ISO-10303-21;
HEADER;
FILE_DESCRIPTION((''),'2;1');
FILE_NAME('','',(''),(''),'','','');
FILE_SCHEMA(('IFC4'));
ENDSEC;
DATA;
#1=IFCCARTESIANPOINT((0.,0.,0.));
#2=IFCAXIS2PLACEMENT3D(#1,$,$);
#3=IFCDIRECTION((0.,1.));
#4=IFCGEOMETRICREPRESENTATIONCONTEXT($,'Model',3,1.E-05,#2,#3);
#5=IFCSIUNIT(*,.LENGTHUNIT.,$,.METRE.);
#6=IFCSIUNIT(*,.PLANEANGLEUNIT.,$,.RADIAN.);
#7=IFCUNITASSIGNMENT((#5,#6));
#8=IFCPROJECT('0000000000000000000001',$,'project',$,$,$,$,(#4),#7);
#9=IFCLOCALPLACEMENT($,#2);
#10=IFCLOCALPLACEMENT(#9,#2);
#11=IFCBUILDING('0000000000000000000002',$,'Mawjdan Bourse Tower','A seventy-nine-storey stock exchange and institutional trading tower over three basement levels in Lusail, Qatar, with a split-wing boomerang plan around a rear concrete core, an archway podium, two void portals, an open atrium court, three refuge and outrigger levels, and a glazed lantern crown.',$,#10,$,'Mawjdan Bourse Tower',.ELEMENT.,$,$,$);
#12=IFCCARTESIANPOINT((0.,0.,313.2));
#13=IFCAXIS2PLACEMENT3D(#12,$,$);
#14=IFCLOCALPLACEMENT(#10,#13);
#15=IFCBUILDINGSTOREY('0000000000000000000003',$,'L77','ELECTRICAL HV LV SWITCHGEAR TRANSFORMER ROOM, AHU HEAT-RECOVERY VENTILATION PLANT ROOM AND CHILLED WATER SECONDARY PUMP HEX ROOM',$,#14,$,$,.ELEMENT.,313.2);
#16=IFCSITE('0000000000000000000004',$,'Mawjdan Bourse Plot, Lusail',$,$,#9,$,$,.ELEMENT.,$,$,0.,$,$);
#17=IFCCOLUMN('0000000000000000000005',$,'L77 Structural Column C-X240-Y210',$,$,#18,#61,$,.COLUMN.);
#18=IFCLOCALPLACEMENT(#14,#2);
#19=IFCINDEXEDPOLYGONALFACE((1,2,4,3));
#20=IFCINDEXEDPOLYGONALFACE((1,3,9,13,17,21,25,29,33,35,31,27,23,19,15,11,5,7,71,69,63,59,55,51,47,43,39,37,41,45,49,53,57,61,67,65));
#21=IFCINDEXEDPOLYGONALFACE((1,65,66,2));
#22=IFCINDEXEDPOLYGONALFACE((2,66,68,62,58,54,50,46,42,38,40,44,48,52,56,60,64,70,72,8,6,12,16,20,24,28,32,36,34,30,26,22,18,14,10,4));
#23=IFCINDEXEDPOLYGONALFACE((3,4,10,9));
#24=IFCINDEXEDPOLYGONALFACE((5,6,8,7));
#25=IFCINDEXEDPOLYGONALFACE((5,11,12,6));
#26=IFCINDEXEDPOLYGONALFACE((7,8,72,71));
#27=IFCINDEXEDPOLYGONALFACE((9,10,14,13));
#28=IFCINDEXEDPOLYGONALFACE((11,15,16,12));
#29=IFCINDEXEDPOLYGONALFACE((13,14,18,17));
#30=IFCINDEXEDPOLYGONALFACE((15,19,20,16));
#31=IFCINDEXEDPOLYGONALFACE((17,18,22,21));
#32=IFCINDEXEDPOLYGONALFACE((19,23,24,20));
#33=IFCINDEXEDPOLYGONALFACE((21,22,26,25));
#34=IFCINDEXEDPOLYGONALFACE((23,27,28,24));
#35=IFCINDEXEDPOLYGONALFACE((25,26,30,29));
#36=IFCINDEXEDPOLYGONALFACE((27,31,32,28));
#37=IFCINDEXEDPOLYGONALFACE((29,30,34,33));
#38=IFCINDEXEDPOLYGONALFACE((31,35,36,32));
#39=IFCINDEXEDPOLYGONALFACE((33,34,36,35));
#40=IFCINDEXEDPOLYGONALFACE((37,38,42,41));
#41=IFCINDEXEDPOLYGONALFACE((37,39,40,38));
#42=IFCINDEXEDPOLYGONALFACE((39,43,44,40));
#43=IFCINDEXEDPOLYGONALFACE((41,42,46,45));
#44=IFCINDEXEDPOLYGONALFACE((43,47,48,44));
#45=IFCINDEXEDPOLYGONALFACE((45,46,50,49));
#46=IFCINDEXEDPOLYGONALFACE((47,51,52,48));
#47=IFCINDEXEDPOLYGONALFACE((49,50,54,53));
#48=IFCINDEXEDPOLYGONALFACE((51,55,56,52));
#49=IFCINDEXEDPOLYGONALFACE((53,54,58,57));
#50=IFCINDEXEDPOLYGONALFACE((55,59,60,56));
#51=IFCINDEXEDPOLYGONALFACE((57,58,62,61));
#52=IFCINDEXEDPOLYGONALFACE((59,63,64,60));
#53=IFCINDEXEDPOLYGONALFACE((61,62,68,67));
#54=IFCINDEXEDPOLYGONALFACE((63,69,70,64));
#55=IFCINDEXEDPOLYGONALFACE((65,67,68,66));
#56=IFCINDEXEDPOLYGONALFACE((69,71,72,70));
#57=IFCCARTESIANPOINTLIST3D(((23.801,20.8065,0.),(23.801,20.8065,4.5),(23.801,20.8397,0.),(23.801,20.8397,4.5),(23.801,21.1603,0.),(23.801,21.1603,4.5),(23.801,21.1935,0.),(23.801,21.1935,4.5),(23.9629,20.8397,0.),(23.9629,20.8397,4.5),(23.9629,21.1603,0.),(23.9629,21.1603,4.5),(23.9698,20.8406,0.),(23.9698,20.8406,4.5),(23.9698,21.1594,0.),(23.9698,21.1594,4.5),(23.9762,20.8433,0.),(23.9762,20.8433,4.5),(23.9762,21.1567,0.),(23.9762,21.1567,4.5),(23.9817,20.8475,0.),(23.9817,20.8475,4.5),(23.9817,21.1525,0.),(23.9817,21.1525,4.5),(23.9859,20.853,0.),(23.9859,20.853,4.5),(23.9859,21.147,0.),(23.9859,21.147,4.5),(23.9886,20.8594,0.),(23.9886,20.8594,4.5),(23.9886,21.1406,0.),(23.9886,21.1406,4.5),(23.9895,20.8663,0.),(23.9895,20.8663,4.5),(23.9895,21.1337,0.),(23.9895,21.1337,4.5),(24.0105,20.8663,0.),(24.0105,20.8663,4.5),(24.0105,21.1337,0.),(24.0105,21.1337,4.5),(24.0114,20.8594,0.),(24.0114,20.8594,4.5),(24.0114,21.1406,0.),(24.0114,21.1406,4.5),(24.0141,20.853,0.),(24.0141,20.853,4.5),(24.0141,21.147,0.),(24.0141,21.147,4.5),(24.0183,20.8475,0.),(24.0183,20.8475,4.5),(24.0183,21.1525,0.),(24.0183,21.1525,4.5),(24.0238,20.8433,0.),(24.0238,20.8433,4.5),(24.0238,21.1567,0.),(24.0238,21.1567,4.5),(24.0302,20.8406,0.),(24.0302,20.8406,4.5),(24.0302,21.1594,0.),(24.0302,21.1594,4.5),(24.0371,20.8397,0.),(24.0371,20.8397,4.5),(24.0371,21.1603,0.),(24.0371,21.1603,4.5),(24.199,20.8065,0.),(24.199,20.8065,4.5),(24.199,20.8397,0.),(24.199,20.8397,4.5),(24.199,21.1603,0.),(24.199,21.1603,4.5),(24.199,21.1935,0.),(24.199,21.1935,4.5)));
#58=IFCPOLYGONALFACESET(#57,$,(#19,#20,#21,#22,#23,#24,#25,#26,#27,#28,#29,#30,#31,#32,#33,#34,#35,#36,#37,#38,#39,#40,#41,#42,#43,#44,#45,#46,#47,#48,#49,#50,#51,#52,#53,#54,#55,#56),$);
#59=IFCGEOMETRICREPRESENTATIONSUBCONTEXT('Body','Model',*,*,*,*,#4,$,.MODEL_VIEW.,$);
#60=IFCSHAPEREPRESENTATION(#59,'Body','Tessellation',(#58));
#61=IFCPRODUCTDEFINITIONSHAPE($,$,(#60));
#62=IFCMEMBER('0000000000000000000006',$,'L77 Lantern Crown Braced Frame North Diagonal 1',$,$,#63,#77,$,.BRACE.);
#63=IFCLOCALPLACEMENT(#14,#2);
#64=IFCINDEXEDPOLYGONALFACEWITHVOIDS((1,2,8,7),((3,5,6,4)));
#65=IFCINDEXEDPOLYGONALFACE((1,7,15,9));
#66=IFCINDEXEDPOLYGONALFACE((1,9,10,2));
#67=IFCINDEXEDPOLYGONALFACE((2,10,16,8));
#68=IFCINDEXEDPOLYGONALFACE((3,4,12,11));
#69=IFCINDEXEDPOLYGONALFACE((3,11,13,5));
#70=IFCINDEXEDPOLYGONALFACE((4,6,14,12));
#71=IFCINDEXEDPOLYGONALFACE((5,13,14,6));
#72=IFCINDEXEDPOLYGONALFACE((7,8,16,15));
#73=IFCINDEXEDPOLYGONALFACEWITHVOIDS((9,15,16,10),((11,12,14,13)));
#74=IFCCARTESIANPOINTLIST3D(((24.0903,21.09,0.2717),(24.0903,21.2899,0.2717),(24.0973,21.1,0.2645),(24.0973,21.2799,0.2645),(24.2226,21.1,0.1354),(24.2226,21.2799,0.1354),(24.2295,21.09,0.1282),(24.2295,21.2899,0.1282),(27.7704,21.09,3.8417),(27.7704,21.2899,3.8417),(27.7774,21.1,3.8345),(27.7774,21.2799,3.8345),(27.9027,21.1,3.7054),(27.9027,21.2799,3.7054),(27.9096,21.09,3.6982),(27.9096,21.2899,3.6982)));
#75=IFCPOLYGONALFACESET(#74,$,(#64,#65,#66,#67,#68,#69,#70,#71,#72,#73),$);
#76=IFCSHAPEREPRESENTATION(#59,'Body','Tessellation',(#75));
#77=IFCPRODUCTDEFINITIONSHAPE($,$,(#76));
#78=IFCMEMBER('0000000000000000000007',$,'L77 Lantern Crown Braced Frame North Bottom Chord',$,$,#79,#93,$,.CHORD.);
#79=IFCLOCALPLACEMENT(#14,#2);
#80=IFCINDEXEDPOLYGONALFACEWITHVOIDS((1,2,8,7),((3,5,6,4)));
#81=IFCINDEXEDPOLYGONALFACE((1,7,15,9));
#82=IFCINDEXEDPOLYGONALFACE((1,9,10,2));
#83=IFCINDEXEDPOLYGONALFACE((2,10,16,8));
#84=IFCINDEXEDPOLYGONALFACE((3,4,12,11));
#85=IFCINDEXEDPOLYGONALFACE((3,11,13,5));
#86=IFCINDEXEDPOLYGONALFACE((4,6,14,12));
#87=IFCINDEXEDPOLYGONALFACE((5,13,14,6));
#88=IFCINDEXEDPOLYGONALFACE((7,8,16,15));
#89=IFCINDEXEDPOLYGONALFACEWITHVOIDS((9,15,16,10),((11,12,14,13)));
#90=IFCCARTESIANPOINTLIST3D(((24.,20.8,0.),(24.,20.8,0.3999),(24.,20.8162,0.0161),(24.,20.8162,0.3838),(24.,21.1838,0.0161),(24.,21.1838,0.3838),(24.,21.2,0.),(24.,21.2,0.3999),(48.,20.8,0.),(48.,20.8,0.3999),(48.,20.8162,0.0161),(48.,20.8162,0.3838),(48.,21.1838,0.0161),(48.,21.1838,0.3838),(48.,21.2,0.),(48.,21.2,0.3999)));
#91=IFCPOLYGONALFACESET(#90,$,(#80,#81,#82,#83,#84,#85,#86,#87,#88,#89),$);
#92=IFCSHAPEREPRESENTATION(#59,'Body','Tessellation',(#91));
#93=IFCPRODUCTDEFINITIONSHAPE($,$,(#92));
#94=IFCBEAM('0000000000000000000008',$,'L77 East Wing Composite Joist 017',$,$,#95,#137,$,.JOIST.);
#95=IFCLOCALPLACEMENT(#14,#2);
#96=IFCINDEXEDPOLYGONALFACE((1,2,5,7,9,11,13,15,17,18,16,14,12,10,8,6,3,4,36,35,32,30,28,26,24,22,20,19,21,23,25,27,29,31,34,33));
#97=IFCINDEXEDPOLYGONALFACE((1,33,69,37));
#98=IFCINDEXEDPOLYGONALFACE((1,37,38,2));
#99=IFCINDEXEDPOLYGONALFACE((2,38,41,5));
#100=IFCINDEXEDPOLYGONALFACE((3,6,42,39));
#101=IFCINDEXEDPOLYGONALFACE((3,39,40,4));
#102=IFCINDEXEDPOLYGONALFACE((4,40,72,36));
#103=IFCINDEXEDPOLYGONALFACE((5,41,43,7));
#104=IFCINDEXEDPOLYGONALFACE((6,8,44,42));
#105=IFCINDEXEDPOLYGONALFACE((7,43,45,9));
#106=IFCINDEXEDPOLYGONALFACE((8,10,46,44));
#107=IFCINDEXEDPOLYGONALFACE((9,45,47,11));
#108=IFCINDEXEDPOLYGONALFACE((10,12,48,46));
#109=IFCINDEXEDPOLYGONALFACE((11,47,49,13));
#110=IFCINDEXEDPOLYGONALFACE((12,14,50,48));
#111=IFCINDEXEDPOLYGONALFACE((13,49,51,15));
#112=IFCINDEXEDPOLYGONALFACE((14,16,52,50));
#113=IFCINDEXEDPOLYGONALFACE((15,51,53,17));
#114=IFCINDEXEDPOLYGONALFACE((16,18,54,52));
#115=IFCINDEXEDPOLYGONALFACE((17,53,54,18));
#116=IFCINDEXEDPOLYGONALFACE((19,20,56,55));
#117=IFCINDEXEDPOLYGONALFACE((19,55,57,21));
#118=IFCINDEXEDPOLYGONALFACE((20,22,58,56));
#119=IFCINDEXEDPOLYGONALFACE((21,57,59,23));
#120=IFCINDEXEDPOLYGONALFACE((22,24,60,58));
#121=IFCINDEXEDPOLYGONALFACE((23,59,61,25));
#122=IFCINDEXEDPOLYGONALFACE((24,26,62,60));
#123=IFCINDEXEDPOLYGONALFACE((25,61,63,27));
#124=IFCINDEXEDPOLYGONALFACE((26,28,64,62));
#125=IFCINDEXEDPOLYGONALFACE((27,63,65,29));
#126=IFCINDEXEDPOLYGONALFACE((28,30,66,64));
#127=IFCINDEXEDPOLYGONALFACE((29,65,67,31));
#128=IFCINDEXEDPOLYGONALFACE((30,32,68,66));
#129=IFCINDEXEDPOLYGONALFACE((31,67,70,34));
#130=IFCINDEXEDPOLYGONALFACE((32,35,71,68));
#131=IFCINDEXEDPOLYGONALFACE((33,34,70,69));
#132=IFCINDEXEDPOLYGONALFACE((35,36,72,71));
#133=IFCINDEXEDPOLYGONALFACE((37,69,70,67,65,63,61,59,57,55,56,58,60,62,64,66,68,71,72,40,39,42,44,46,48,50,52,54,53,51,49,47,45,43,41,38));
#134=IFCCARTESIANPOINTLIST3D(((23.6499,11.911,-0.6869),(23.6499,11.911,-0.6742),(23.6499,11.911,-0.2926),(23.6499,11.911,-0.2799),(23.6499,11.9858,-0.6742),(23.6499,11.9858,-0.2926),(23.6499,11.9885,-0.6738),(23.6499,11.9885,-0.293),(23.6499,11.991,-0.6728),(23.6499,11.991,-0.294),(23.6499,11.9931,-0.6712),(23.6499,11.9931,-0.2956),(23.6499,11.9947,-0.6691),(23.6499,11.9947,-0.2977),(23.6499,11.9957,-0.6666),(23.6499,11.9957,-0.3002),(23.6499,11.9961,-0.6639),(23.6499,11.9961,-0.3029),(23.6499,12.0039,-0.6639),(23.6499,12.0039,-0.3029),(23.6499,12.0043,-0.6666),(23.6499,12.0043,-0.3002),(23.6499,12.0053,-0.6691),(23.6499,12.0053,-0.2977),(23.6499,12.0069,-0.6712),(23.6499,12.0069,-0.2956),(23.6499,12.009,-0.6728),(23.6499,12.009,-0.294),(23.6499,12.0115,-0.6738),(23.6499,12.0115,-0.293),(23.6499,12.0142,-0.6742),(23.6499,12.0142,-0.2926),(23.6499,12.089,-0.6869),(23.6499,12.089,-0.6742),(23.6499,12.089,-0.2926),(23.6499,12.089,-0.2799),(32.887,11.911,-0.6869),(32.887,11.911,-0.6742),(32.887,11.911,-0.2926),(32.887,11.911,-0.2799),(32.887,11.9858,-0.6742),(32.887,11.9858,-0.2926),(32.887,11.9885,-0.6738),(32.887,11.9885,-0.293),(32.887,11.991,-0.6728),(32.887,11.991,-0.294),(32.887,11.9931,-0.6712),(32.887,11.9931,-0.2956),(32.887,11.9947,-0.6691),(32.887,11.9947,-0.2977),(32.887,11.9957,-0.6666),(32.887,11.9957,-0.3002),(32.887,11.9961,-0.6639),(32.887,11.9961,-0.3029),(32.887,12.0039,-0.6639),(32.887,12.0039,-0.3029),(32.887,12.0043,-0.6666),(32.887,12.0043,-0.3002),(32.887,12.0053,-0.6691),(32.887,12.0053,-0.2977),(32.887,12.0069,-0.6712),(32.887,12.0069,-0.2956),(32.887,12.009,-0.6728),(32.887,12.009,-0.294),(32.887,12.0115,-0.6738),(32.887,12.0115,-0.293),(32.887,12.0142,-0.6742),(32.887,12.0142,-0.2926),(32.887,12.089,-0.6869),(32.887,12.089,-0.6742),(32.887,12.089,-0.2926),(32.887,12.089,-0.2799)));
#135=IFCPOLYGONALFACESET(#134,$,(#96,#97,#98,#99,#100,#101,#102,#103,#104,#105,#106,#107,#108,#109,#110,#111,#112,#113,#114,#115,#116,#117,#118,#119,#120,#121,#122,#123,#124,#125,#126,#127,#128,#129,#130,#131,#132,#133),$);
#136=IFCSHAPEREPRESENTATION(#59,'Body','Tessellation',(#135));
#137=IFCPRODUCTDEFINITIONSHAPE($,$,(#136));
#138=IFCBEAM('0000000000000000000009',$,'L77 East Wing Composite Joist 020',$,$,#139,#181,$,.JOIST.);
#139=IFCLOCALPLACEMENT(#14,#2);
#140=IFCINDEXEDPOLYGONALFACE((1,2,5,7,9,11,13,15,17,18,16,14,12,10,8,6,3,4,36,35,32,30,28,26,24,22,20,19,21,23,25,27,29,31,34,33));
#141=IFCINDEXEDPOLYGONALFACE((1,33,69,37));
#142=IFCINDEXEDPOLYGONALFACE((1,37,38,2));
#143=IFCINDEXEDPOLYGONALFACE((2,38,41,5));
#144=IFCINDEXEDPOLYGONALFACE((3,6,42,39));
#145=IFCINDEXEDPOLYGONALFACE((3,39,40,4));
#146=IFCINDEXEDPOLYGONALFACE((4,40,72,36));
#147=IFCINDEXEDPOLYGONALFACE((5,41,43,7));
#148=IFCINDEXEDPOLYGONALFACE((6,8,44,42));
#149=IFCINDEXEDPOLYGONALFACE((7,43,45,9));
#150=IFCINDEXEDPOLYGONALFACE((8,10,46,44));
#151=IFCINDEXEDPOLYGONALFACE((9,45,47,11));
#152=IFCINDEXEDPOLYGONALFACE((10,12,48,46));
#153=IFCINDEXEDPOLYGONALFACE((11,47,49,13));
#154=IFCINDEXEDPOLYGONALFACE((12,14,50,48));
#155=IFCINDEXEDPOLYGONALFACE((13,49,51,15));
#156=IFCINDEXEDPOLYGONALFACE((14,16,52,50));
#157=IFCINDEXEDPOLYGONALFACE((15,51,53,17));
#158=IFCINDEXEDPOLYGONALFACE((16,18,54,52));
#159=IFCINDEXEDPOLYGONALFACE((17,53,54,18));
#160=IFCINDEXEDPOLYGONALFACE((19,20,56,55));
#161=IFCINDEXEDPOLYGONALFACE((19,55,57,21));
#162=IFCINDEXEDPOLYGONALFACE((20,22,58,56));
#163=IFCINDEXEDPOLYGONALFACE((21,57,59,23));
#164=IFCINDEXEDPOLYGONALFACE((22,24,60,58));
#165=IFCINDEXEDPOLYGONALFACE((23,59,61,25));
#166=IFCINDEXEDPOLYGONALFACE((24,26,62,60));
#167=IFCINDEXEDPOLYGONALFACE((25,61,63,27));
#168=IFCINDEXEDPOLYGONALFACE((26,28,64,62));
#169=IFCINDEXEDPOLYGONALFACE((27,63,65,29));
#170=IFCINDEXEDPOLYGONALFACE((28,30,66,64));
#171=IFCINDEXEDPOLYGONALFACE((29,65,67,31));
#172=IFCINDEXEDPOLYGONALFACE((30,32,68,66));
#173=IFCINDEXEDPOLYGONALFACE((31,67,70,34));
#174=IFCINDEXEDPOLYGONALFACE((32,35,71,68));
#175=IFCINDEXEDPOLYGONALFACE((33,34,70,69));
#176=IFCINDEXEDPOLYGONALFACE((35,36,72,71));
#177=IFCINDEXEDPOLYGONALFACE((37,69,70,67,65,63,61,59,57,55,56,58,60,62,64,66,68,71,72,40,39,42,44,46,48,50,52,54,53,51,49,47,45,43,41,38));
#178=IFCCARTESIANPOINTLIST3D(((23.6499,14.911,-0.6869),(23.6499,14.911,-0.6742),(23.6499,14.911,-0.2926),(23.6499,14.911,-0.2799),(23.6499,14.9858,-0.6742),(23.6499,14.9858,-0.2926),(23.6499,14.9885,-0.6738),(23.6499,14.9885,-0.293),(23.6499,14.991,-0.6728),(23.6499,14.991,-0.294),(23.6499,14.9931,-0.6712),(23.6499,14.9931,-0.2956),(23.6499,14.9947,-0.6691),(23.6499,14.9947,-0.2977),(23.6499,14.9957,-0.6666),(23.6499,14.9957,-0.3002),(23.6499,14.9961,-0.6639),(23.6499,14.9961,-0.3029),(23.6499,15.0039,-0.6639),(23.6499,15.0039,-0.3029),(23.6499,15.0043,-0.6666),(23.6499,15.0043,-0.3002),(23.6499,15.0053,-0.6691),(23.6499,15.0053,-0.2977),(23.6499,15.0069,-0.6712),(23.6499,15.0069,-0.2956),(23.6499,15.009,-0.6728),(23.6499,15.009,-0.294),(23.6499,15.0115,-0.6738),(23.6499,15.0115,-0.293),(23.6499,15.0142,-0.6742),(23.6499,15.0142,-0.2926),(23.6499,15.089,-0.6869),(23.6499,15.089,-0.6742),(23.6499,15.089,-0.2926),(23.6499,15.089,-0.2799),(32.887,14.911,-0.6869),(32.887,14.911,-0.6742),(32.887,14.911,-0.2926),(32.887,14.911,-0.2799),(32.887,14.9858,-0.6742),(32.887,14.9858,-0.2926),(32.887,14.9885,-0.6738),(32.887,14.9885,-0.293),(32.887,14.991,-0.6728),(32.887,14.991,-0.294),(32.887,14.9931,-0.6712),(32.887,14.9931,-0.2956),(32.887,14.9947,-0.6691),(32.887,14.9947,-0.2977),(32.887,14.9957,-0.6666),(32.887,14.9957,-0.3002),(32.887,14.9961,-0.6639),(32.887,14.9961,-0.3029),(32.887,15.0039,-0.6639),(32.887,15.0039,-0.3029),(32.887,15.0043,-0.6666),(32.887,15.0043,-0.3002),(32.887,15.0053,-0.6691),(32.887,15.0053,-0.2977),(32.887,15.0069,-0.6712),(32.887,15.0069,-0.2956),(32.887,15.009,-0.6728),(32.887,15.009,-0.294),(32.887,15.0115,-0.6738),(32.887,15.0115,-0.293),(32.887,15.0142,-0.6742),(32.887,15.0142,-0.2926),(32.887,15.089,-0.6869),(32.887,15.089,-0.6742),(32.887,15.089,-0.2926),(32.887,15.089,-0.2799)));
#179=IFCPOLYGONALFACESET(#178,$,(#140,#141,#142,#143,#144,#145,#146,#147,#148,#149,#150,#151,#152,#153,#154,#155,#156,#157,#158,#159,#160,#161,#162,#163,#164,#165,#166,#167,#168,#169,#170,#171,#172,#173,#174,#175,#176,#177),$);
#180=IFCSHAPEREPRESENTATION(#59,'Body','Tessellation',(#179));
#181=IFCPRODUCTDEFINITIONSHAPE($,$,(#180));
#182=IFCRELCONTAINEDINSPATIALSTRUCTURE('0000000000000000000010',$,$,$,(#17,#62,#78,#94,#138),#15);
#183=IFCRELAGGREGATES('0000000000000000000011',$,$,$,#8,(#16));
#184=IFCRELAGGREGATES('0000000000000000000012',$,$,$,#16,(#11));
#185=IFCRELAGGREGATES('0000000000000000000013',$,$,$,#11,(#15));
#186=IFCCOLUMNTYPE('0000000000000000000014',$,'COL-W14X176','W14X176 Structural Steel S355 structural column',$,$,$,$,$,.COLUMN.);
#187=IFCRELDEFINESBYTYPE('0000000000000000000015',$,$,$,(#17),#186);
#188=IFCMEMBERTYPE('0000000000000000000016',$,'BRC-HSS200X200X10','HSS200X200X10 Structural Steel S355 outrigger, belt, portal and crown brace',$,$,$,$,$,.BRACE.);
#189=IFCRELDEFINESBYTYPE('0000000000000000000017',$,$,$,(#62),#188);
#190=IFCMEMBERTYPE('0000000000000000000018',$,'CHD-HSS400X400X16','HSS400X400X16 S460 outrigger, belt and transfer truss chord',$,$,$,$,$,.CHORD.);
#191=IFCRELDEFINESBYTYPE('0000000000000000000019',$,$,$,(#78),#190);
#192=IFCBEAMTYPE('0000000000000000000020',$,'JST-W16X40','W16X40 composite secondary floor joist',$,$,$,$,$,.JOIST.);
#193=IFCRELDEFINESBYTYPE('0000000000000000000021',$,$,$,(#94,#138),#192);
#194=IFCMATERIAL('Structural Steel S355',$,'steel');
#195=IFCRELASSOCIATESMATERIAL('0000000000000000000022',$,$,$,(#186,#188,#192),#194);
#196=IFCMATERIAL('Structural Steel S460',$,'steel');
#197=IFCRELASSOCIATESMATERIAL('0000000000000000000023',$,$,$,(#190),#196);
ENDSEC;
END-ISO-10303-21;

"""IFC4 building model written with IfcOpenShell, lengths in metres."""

from ifc_helpers import new_model, si_unit, direction, frame, origin, origin_2d, place, context, subcontext, project, spatial, hollow_rectangle, i_section, extrude, material, material_profile, profile_set, type_object, element, save


model = new_model("IFC4")

# Units and contexts
model_context = context("Model", 3, precision=1e-05, world=origin(), true_north=direction((0.0, 1.0)))
body_context = subcontext(model_context, "Body", "Model", "MODEL_VIEW")
ifc_project = project(units=[si_unit("LENGTHUNIT", "METRE"), si_unit("PLANEANGLEUNIT", "RADIAN")], contexts=[model_context])

# Site, building, storey
site_placement = place(None, origin())
site = spatial("IfcSite", under=ifc_project, at=site_placement, Name="Mawjdan Bourse Plot, Lusail", CompositionType="ELEMENT", RefElevation=0.0)
building_placement = place(site_placement, origin())
building = spatial("IfcBuilding", under=site, at=building_placement, Name="Mawjdan Bourse Tower", Description="A seventy-nine-storey stock exchange and institutional trading tower over three basement levels in Lusail, Qatar, with a split-wing boomerang plan around a rear concrete core, an archway podium, two void portals, an open atrium court, three refuge and outrigger levels, and a glazed lantern crown.", LongName="Mawjdan Bourse Tower", CompositionType="ELEMENT")
storey_placement = place(building_placement, frame((0.0, 0.0, 313.2)))
storey = spatial("IfcBuildingStorey", under=building, at=storey_placement, Name="L77", Description="ELECTRICAL HV LV SWITCHGEAR TRANSFORMER ROOM, AHU HEAT-RECOVERY VENTILATION PLANT ROOM AND CHILLED WATER SECONDARY PUMP HEX ROOM", CompositionType="ELEMENT", Elevation=313.2)

# Column
ifc_material_1 = material(Name="Structural Steel S355", Category="steel")
ifc_material_profile_1 = material_profile(ifc_material_1, i_section(OverallWidth=0.3979, OverallDepth=0.387, WebThickness=0.021, FlangeThickness=0.0332, FilletRadius=0.0266, at=origin_2d()), Name="W14X176")
ifc_profile_set_1 = profile_set([ifc_material_profile_1], Name="Structural Steel S355")
column_type = type_object("IfcColumnType", Name="COL-W14X176", Description="W14X176 Structural Steel S355 structural column", PredefinedType="COLUMN", material=ifc_profile_set_1)
column_placement = place(storey_placement, frame((24.0, 21.0, 0.0), z_axis=(0.0, 0.0, 1.0), x_axis=(1.0, 0.0, 0.0)))
element("IfcColumn", 1, at=column_placement, inside=storey, type_object=column_type, Name="L77 Structural Column C-X240-Y210", PredefinedType="COLUMN", context=body_context, shape_type="SweptSolid", body=[
    extrude(i_section(OverallWidth=0.3979, OverallDepth=0.387, WebThickness=0.021, FlangeThickness=0.0332, FilletRadius=0.0266, at=origin_2d()), origin(), (0.0, 0.0, 1.0), 4.5),
])

# Members
ifc_material_profile_2 = material_profile(ifc_material_1, hollow_rectangle(XDim=0.2, YDim=0.2, WallThickness=0.01, at=origin_2d()), Name="HSS200X200X10")
ifc_profile_set_2 = profile_set([ifc_material_profile_2], Name="Structural Steel S355")
member_type_1 = type_object("IfcMemberType", Name="BRC-HSS200X200X10", Description="HSS200X200X10 Structural Steel S355 outrigger, belt, portal and crown brace", PredefinedType="BRACE", material=ifc_profile_set_2)
member_1_placement = place(storey_placement, frame((24.1599, 21.1899, 0.2), z_axis=(0.717763, 0.0, 0.696288), x_axis=(0.0, 1.0, 0.0)))
element("IfcMember", 2, at=member_1_placement, inside=storey, type_object=member_type_1, Name="L77 Lantern Crown Braced Frame North Diagonal 1", PredefinedType="BRACE", context=body_context, shape_type="SweptSolid", body=[
    extrude(hollow_rectangle(XDim=0.2, YDim=0.2, WallThickness=0.01, at=origin_2d()), origin(), (0.0, 0.0, 1.0), 5.1272),
])
ifc_material_2 = material(Name="Structural Steel S460", Category="steel")
ifc_material_profile_3 = material_profile(ifc_material_2, hollow_rectangle(XDim=0.3999, YDim=0.3999, WallThickness=0.0161, at=origin_2d()), Name="HSS400X400X16")
ifc_profile_set_3 = profile_set([ifc_material_profile_3], Name="Structural Steel S460")
member_type_2 = type_object("IfcMemberType", Name="CHD-HSS400X400X16", Description="HSS400X400X16 S460 outrigger, belt and transfer truss chord", PredefinedType="CHORD", material=ifc_profile_set_3)
member_2_placement = place(storey_placement, frame((24.0, 21.0, 0.2), z_axis=(1.0, 0.0, 0.0), x_axis=(0.0, 1.0, 0.0)))
element("IfcMember", 3, at=member_2_placement, inside=storey, type_object=member_type_2, Name="L77 Lantern Crown Braced Frame North Bottom Chord", PredefinedType="CHORD", context=body_context, shape_type="SweptSolid", body=[
    extrude(hollow_rectangle(XDim=0.3999, YDim=0.3999, WallThickness=0.0161, at=origin_2d()), origin(), (0.0, 0.0, 1.0), 24.0),
])

# Beams
ifc_material_profile_4 = material_profile(ifc_material_1, i_section(OverallWidth=0.178, OverallDepth=0.407, WebThickness=0.0078, FlangeThickness=0.0127, FilletRadius=0.0103, at=origin_2d()), Name="W16X40")
ifc_profile_set_4 = profile_set([ifc_material_profile_4], Name="Structural Steel S355")
beam_type_1 = type_object("IfcBeamType", Name="JST-W16X40", Description="W16X40 composite secondary floor joist", PredefinedType="JOIST", material=ifc_profile_set_4)
for number, where, z_axis, x_axis, name in (
    (4, (23.6499, 12.0, -0.4834), (1.0, 0.0, 0.0), (0.0, 1.0, 0.0), "L77 East Wing Composite Joist 017"),
    (5, (23.6499, 15.0, -0.4834), (1.0, 0.0, 0.0), (0.0, 1.0, 0.0), "L77 East Wing Composite Joist 020"),
):
    element("IfcBeam", number, at=place(storey_placement, frame(where, z_axis=z_axis, x_axis=x_axis)), inside=storey, type_object=beam_type_1, Name=name, PredefinedType="JOIST", context=body_context, shape_type="SweptSolid", body=[
        extrude(i_section(OverallWidth=0.178, OverallDepth=0.407, WebThickness=0.0078, FlangeThickness=0.0127, FilletRadius=0.0103, at=origin_2d()), origin(), (0.0, 0.0, 1.0), 9.2371),
    ])

save(model, "model.ifc")
